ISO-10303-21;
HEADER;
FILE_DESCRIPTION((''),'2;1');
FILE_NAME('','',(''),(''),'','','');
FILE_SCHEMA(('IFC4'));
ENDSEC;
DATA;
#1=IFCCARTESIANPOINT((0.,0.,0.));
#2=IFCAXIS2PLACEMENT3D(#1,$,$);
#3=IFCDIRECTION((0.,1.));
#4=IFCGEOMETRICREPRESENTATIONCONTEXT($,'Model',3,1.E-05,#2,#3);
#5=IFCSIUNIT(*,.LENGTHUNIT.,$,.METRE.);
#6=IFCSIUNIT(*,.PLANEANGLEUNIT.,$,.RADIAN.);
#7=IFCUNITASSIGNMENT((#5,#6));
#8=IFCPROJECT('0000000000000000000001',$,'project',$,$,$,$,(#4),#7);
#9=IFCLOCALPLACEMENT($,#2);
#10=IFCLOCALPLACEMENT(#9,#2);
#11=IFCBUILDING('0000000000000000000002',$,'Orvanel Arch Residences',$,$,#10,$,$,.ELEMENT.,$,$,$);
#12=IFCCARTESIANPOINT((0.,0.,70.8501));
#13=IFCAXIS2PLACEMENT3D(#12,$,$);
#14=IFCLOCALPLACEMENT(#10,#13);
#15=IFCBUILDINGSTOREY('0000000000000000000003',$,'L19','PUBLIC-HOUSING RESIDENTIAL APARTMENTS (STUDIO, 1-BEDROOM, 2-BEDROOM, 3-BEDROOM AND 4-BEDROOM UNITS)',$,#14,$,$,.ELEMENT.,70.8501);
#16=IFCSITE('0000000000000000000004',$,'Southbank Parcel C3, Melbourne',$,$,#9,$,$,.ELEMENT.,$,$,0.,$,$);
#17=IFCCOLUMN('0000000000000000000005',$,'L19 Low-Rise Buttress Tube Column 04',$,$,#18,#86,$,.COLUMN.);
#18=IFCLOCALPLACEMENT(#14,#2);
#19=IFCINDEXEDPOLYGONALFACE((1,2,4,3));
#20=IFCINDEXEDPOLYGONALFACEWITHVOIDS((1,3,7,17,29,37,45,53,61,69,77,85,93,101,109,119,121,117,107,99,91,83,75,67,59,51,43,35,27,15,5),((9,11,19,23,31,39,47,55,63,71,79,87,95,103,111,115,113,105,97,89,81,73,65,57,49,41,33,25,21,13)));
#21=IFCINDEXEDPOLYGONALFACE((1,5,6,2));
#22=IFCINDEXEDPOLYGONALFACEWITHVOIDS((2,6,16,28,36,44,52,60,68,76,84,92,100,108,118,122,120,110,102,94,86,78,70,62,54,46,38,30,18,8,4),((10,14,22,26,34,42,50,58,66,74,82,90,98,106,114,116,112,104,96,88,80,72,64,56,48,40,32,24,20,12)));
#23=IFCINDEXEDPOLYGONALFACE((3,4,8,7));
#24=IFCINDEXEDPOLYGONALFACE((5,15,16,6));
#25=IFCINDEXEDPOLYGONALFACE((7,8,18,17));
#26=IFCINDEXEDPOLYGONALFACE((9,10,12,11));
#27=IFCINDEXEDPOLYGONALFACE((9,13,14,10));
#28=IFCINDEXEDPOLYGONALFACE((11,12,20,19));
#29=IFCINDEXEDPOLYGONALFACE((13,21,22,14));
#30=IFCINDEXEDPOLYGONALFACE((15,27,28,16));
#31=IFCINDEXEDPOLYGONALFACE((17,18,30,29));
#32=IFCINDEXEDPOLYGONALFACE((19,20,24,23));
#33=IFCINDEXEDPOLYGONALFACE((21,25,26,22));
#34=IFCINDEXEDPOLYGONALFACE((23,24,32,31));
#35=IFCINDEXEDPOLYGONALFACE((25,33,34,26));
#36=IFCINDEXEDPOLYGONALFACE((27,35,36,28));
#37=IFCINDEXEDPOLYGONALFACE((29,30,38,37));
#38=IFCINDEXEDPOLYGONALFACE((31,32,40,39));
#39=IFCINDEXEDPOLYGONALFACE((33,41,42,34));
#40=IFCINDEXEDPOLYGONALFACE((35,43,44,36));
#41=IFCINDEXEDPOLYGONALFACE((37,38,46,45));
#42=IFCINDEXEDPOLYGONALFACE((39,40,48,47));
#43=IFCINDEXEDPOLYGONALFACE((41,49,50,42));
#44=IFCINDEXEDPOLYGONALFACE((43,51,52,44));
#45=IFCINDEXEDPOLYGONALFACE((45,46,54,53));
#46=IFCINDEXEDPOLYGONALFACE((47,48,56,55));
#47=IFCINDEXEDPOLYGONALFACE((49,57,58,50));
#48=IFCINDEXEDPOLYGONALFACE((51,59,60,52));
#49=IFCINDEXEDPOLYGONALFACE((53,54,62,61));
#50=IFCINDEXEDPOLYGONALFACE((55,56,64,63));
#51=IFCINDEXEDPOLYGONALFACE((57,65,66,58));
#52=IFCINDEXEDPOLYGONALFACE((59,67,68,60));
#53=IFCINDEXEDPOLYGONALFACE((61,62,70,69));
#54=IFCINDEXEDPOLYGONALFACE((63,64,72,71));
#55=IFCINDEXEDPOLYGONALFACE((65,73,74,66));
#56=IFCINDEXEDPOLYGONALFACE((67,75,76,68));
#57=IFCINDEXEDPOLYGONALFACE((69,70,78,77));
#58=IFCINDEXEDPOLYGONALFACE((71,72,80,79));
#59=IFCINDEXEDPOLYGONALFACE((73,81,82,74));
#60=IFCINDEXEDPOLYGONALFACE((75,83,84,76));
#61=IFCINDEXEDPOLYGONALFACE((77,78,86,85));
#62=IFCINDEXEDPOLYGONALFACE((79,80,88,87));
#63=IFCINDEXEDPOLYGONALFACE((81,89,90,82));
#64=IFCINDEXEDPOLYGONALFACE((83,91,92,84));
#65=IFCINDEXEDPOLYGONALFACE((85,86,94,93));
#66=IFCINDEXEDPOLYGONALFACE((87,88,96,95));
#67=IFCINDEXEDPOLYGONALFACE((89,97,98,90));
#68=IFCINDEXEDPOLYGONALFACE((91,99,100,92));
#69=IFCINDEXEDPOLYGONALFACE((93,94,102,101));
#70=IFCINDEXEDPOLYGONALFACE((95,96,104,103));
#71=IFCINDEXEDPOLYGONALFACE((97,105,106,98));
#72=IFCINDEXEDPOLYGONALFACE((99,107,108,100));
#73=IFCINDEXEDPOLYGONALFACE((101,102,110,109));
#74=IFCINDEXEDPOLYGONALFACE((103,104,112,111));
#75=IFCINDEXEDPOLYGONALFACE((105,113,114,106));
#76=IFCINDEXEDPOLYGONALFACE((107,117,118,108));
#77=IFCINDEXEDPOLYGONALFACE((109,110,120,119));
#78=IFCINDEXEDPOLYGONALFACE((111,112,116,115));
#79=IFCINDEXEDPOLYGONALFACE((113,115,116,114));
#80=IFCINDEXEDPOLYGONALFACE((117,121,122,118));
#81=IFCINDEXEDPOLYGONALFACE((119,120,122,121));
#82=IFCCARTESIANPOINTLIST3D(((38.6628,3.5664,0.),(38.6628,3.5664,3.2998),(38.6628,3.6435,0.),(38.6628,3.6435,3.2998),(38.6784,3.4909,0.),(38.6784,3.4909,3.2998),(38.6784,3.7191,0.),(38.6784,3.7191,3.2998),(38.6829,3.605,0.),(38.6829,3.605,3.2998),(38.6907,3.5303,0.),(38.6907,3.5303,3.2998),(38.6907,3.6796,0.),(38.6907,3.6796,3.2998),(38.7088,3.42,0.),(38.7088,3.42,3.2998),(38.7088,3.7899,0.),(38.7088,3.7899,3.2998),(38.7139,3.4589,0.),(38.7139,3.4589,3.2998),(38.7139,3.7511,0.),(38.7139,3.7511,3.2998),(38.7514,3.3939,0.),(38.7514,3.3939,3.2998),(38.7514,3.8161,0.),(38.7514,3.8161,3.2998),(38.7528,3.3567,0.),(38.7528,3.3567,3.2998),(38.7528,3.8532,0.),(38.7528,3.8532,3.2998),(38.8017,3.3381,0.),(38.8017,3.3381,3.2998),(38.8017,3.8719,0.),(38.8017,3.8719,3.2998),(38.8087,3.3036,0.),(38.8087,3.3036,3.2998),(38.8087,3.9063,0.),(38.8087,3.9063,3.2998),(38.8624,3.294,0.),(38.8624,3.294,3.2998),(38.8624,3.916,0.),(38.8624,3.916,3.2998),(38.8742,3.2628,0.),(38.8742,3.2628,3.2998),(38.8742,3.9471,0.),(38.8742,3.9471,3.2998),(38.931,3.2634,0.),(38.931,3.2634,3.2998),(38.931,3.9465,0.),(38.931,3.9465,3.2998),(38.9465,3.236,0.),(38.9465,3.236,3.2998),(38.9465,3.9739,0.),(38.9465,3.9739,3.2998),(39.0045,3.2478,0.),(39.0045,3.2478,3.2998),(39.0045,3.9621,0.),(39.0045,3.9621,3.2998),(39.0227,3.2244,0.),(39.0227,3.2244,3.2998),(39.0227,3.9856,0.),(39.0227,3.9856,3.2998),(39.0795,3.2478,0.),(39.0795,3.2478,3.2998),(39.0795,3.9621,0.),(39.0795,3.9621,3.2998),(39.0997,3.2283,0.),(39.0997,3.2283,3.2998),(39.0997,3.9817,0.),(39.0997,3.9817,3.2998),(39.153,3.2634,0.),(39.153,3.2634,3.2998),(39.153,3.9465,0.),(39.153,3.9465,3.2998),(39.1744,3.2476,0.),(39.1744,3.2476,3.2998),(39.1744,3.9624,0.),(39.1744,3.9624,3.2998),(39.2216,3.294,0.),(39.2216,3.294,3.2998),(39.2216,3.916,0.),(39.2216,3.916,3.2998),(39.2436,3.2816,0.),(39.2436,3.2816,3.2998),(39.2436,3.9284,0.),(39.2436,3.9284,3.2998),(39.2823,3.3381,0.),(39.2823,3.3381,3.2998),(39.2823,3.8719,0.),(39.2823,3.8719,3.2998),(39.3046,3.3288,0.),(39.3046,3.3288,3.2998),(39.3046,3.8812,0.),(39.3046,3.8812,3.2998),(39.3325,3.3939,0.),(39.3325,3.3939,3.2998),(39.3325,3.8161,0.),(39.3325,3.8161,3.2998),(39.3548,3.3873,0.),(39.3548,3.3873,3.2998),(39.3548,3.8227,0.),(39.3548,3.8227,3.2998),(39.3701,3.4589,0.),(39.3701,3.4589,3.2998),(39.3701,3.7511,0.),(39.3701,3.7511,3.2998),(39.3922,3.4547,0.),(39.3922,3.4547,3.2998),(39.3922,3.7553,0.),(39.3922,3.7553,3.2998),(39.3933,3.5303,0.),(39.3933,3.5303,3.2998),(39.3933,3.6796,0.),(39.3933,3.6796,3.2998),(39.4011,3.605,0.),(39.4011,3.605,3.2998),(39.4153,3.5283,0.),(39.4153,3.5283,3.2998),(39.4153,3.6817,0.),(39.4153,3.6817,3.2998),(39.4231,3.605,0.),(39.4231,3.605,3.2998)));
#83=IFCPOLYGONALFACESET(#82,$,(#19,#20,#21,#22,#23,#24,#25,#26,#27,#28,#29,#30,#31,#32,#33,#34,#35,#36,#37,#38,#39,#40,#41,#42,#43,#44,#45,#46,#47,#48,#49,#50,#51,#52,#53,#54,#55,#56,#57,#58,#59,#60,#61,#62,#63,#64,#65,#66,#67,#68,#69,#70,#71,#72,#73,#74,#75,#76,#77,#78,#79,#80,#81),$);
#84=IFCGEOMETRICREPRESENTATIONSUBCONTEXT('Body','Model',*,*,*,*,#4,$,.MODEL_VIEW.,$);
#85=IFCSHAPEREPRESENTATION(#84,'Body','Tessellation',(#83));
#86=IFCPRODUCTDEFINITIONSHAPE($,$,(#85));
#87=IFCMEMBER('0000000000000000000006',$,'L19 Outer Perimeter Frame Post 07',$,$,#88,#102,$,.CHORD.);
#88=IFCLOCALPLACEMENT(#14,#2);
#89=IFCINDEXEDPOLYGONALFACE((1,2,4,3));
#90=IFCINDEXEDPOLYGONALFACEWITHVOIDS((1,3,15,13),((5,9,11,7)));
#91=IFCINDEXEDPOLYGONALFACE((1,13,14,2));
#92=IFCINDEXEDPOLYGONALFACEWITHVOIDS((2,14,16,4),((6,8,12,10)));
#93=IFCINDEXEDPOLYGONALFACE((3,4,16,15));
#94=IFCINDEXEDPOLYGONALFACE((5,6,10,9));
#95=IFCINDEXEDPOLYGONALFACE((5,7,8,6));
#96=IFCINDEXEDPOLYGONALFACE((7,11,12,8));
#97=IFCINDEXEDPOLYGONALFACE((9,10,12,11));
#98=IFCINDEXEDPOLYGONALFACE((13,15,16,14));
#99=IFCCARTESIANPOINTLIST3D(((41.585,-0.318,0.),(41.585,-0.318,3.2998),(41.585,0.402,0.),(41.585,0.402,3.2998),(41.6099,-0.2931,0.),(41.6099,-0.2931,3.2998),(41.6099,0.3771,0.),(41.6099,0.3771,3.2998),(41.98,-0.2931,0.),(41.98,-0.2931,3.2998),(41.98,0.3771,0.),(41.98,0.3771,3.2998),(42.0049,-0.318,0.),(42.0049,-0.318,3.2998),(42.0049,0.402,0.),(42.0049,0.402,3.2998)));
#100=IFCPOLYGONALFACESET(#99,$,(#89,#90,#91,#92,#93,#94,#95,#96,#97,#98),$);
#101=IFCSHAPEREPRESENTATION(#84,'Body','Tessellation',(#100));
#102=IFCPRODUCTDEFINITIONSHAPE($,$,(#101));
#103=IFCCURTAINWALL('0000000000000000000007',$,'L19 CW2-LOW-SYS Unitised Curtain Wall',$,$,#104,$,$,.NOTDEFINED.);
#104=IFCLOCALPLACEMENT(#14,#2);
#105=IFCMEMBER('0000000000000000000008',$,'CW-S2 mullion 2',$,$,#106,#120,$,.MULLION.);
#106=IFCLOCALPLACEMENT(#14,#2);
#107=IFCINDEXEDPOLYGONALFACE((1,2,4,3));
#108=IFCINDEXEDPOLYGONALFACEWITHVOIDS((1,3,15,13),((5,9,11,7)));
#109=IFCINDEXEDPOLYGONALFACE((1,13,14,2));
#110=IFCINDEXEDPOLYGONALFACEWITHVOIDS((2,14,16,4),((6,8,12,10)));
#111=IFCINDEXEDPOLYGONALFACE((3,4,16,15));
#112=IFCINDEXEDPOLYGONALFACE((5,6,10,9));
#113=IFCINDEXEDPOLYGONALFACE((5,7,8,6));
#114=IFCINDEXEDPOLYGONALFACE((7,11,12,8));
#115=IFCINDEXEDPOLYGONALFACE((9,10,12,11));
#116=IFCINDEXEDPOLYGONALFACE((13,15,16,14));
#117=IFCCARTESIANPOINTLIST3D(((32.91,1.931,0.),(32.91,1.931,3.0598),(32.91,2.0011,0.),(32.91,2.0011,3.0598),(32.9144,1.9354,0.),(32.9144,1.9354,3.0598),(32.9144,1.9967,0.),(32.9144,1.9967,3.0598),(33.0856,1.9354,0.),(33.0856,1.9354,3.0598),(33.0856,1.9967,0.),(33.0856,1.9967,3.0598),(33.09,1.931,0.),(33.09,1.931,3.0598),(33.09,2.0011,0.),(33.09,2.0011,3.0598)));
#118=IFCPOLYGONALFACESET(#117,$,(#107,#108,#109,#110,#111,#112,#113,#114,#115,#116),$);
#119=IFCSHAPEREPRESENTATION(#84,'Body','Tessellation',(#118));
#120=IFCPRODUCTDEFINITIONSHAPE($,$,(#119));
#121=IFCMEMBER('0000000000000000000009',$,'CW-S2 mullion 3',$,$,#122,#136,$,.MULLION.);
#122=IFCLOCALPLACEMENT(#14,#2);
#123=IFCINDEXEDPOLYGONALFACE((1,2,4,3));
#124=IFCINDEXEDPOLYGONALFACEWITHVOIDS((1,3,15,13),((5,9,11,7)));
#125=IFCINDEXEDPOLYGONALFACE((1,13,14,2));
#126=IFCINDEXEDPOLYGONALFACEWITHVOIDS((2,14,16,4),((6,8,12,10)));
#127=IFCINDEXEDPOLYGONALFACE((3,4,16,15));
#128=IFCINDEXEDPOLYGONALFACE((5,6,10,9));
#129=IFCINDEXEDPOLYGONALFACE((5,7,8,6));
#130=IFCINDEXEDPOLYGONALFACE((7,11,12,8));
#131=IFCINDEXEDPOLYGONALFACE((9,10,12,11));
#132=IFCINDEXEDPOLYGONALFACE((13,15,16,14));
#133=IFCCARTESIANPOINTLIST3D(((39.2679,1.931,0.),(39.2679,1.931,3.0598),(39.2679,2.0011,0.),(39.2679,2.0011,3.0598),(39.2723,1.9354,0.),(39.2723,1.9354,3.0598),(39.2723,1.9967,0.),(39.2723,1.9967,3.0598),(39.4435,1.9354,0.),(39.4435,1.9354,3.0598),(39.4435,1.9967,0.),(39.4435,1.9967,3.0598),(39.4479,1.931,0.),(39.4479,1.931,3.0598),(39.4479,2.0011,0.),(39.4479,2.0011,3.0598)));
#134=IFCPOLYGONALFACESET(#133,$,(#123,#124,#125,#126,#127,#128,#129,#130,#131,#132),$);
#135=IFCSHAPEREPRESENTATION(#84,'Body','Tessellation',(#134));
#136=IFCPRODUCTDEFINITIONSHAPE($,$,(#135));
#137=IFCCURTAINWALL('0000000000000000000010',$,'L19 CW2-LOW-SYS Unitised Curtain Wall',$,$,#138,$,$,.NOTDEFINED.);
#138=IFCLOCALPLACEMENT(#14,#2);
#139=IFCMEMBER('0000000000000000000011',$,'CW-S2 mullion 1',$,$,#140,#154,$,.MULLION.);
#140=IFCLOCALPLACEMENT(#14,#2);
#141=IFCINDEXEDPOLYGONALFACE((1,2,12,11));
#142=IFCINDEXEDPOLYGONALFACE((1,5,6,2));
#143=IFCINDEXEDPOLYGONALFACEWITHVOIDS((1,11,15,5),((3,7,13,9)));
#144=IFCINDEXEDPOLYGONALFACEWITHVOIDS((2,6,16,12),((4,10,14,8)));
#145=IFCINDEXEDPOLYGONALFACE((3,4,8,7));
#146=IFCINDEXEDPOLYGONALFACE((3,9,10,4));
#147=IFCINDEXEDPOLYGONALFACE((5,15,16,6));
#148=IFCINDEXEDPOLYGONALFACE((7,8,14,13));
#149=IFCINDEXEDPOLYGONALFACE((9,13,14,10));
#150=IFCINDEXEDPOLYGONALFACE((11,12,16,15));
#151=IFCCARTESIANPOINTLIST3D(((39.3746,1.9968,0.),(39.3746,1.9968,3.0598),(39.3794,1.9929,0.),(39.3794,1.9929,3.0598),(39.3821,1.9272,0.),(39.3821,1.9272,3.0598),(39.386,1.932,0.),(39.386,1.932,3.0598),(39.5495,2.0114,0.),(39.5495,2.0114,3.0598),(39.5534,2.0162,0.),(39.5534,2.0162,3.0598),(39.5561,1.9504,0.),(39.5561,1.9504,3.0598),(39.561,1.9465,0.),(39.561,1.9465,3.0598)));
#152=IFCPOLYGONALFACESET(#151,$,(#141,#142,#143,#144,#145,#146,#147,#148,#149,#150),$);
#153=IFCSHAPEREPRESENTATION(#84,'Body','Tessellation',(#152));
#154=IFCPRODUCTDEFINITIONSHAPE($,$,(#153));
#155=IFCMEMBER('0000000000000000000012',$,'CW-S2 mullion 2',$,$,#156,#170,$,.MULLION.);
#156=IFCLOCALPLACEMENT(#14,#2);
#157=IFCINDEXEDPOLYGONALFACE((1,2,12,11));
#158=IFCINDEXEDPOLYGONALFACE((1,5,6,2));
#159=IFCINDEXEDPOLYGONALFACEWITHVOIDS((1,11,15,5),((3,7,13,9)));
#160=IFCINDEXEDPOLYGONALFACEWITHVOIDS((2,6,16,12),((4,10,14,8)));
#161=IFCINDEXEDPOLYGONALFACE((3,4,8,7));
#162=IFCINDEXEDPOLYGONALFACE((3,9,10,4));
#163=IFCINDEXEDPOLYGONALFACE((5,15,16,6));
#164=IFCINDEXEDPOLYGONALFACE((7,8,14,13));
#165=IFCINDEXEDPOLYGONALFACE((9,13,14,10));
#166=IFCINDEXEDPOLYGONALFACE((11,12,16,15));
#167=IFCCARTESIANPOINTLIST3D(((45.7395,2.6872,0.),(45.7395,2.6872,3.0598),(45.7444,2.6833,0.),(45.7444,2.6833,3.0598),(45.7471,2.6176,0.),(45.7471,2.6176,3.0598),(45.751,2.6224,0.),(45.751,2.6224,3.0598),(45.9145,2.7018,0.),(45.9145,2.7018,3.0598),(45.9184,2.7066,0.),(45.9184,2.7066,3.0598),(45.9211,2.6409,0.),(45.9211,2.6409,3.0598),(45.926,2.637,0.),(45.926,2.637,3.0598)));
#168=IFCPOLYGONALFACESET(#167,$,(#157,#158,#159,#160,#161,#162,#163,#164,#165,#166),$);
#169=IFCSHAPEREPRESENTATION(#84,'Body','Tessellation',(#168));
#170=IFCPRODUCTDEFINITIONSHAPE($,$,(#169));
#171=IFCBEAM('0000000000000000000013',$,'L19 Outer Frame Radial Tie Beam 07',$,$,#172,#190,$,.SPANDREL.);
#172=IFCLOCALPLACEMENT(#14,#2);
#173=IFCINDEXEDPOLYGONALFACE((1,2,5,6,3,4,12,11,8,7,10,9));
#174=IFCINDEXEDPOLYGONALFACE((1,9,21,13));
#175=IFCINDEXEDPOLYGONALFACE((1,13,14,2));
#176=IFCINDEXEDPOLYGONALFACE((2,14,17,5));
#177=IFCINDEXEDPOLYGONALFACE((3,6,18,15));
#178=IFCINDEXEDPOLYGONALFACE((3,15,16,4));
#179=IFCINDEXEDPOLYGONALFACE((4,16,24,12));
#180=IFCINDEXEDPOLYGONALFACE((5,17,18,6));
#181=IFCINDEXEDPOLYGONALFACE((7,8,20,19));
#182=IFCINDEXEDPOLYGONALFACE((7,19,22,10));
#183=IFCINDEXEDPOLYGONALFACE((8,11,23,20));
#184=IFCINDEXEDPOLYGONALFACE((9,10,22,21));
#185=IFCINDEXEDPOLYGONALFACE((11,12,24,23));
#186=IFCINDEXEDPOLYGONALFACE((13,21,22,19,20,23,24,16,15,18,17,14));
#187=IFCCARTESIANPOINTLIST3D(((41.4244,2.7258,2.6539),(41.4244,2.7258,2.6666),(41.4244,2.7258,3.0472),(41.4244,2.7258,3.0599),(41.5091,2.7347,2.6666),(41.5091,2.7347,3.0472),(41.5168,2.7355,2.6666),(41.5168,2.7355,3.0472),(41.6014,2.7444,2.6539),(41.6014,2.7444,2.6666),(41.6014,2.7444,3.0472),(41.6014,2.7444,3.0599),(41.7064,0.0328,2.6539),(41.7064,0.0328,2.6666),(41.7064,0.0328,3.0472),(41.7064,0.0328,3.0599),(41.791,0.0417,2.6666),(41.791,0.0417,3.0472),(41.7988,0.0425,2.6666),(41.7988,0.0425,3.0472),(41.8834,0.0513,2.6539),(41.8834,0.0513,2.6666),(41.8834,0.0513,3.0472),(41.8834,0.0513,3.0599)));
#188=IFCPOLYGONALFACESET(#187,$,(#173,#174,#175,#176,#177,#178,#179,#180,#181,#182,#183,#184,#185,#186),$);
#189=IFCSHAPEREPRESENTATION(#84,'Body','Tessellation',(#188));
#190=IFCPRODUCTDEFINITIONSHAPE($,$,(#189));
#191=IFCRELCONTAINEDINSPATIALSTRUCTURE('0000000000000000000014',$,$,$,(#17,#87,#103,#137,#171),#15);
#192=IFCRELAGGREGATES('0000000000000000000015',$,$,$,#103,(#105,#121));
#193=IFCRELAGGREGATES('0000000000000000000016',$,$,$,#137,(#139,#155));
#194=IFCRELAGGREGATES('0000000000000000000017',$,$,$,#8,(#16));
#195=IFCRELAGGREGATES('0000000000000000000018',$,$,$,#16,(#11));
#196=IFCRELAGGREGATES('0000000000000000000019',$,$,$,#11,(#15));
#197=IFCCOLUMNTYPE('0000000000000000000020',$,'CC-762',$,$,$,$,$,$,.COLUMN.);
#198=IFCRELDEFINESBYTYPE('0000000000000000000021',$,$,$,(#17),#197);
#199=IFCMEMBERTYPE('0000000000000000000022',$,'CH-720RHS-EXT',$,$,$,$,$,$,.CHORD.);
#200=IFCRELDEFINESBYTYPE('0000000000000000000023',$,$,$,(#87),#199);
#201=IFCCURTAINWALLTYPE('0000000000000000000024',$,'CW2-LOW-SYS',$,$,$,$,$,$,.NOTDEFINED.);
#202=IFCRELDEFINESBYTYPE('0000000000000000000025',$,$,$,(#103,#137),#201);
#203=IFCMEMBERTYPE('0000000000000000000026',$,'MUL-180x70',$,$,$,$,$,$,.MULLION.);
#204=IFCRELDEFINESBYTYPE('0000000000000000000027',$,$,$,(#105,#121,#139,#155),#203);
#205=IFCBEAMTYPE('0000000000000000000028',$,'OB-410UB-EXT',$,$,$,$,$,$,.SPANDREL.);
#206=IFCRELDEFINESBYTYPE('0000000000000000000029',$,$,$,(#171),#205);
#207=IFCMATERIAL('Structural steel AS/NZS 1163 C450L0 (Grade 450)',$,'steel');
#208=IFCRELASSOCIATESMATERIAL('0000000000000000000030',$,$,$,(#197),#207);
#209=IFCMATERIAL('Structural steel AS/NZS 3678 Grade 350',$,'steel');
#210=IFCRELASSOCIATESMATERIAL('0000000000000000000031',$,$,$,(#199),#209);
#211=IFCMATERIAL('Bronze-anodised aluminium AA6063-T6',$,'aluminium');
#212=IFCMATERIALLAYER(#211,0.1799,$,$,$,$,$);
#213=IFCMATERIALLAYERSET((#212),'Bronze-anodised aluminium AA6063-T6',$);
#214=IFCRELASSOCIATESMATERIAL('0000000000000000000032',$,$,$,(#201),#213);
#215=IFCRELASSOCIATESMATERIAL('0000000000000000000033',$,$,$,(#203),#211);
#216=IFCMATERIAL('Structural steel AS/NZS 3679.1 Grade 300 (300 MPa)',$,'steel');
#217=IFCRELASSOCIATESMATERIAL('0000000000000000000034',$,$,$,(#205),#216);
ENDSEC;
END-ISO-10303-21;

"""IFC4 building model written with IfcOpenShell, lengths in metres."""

from ifc_helpers import new_model, si_unit, direction, frame, origin, origin_2d, place, context, subcontext, project, spatial, hollow_rectangle, hollow_circle, i_section, extrude, material, layer, layer_set, material_profile, profile_set, type_object, element, aggregate, save


model = new_model("IFC4")

# Units and contexts
model_context = context("Model", 3, precision=1e-05, world=origin(), true_north=direction((0.0, 1.0)))
body_context = subcontext(model_context, "Body", "Model", "MODEL_VIEW")
ifc_project = project(units=[si_unit("LENGTHUNIT", "METRE"), si_unit("PLANEANGLEUNIT", "RADIAN")], contexts=[model_context])

# Site, building, storey
site_placement = place(None, origin())
site = spatial("IfcSite", under=ifc_project, at=site_placement, Name="Southbank Parcel C3, Melbourne", CompositionType="ELEMENT", RefElevation=0.0)
building_placement = place(site_placement, origin())
building = spatial("IfcBuilding", under=site, at=building_placement, Name="Orvanel Arch Residences", CompositionType="ELEMENT")
storey_placement = place(building_placement, frame((0.0, 0.0, 70.8501)))
storey = spatial("IfcBuildingStorey", under=building, at=storey_placement, Name="L19", Description="PUBLIC-HOUSING RESIDENTIAL APARTMENTS (STUDIO, 1-BEDROOM, 2-BEDROOM, 3-BEDROOM AND 4-BEDROOM UNITS)", CompositionType="ELEMENT", Elevation=70.8501)

# Column
ifc_material_1 = material(Name="Structural steel AS/NZS 1163 C450L0 (Grade 450)", Category="steel")
ifc_material_profile_1 = material_profile(ifc_material_1, hollow_circle(Radius=0.3811, WallThickness=0.022, at=origin_2d()), Name="CHS762x22")
ifc_profile_set_1 = profile_set([ifc_material_profile_1], Name="Structural steel AS/NZS 1163 C450L0 (Grade 450)")
column_type = type_object("IfcColumnType", Name="CC-762", PredefinedType="COLUMN", material=ifc_profile_set_1)
column_placement = place(storey_placement, frame((39.042, 3.605, 0.0), z_axis=(0.0, 0.0, 1.0), x_axis=(1.0, 0.0, 0.0)))
element("IfcColumn", 1, at=column_placement, inside=storey, type_object=column_type, Name="L19 Low-Rise Buttress Tube Column 04", PredefinedType="COLUMN", context=body_context, shape_type="SweptSolid", body=[
    extrude(hollow_circle(Radius=0.3811, WallThickness=0.022, at=origin_2d()), origin(), (0.0, 0.0, 1.0), 3.2998),
])

# Member
ifc_material_2 = material(Name="Structural steel AS/NZS 3678 Grade 350", Category="steel")
ifc_material_profile_2 = material_profile(ifc_material_2, hollow_rectangle(XDim=0.4199, YDim=0.72, WallThickness=0.0249, at=origin_2d()), Name="RHS720x420x25")
ifc_profile_set_2 = profile_set([ifc_material_profile_2], Name="Structural steel AS/NZS 3678 Grade 350")
member_type_1 = type_object("IfcMemberType", Name="CH-720RHS-EXT", PredefinedType="CHORD", material=ifc_profile_set_2)
member_1_placement = place(storey_placement, frame((41.7949, 0.042, 0.0), z_axis=(0.0, 0.0, 1.0), x_axis=(1.0, 0.0, 0.0)))
element("IfcMember", 2, at=member_1_placement, inside=storey, type_object=member_type_1, Name="L19 Outer Perimeter Frame Post 07", PredefinedType="CHORD", context=body_context, shape_type="SweptSolid", body=[
    extrude(hollow_rectangle(XDim=0.4199, YDim=0.72, WallThickness=0.0249, at=origin_2d()), origin(), (0.0, 0.0, 1.0), 3.2998),
])

# Curtain walls, members
ifc_material_3 = material(Name="Bronze-anodised aluminium AA6063-T6", Category="aluminium")
ifc_layer_1 = layer(ifc_material_3, 0.1799)
ifc_layer_set_1 = layer_set([ifc_layer_1], Name="Bronze-anodised aluminium AA6063-T6")
curtain_wall_type = type_object("IfcCurtainWallType", Name="CW2-LOW-SYS", PredefinedType="NOTDEFINED", material=ifc_layer_set_1)
curtain_wall_1_placement = place(storey_placement, origin())
curtain_wall_1 = element("IfcCurtainWall", 3, at=curtain_wall_1_placement, inside=storey, type_object=curtain_wall_type, Name="L19 CW2-LOW-SYS Unitised Curtain Wall", PredefinedType="NOTDEFINED")
ifc_material_profile_3 = material_profile(ifc_material_3, hollow_rectangle(XDim=0.0701, YDim=0.1799, WallThickness=0.0044, at=origin_2d()), Name="ALU180x70x4.5")
ifc_profile_set_3 = profile_set([ifc_material_profile_3], Name="Bronze-anodised aluminium AA6063-T6")
member_type_2 = type_object("IfcMemberType", Name="MUL-180x70", PredefinedType="MULLION", material=ifc_profile_set_3)
member_2_placement = place(storey_placement, frame((33.0, 1.9661, 0.0), z_axis=(0.0, 0.0, 1.0), x_axis=(0.0, 1.0, 0.0)))
member_2 = element("IfcMember", 4, at=member_2_placement, type_object=member_type_2, Name="CW-S2 mullion 2", PredefinedType="MULLION", context=body_context, shape_type="SweptSolid", body=[
    extrude(hollow_rectangle(XDim=0.0701, YDim=0.1799, WallThickness=0.0044, at=origin_2d()), origin(), (0.0, 0.0, 1.0), 3.0598),
])
member_3_placement = place(storey_placement, frame((39.3579, 1.9661, 0.0), z_axis=(0.0, 0.0, 1.0), x_axis=(0.0, 1.0, 0.0)))
member_3 = element("IfcMember", 5, at=member_3_placement, type_object=member_type_2, Name="CW-S2 mullion 3", PredefinedType="MULLION", context=body_context, shape_type="SweptSolid", body=[
    extrude(hollow_rectangle(XDim=0.0701, YDim=0.1799, WallThickness=0.0044, at=origin_2d()), origin(), (0.0, 0.0, 1.0), 3.0598),
])
curtain_wall_2_placement = place(storey_placement, origin())
curtain_wall_2 = element("IfcCurtainWall", 6, at=curtain_wall_2_placement, inside=storey, type_object=curtain_wall_type, Name="L19 CW2-LOW-SYS Unitised Curtain Wall", PredefinedType="NOTDEFINED")
member_4_placement = place(storey_placement, frame((39.4678, 1.9717, 0.0), z_axis=(0.0, 0.0, 1.0), x_axis=(-0.107811, 0.994171, 0.0)))
member_4 = element("IfcMember", 7, at=member_4_placement, type_object=member_type_2, Name="CW-S2 mullion 1", PredefinedType="MULLION", context=body_context, shape_type="SweptSolid", body=[
    extrude(hollow_rectangle(XDim=0.0701, YDim=0.1799, WallThickness=0.0044, at=origin_2d()), origin(), (0.0, 0.0, 1.0), 3.0598),
])
member_5_placement = place(storey_placement, frame((45.8328, 2.6621, 0.0), z_axis=(0.0, 0.0, 1.0), x_axis=(-0.107811, 0.994171, 0.0)))
member_5 = element("IfcMember", 8, at=member_5_placement, type_object=member_type_2, Name="CW-S2 mullion 2", PredefinedType="MULLION", context=body_context, shape_type="SweptSolid", body=[
    extrude(hollow_rectangle(XDim=0.0701, YDim=0.1799, WallThickness=0.0044, at=origin_2d()), origin(), (0.0, 0.0, 1.0), 3.0598),
])

# Beam
ifc_material_4 = material(Name="Structural steel AS/NZS 3679.1 Grade 300 (300 MPa)", Category="steel")
ifc_material_profile_4 = material_profile(ifc_material_4, i_section(OverallWidth=0.178, OverallDepth=0.406, WebThickness=0.0078, FlangeThickness=0.0127, at=origin_2d()), Name="410UB59.7")
ifc_profile_set_4 = profile_set([ifc_material_profile_4], Name="Structural steel AS/NZS 3679.1 Grade 300 (300 MPa)")
beam_type = type_object("IfcBeamType", Name="OB-410UB-EXT", PredefinedType="SPANDREL", material=ifc_profile_set_4)
beam_1_placement = place(storey_placement, frame((41.5129, 2.7351, 2.8569), z_axis=(0.104136, -0.994563, 0.0), x_axis=(0.994563, 0.104136, 0.0)))
element("IfcBeam", 9, at=beam_1_placement, inside=storey, type_object=beam_type, Name="L19 Outer Frame Radial Tie Beam 07", PredefinedType="SPANDREL", context=body_context, shape_type="SweptSolid", body=[
    extrude(i_section(OverallWidth=0.178, OverallDepth=0.406, WebThickness=0.0078, FlangeThickness=0.0127, at=origin_2d()), origin(), (0.0, 0.0, 1.0), 2.7078),
])

aggregate(curtain_wall_1, [member_2, member_3])
aggregate(curtain_wall_2, [member_4, member_5])

save(model, "model.ifc")
